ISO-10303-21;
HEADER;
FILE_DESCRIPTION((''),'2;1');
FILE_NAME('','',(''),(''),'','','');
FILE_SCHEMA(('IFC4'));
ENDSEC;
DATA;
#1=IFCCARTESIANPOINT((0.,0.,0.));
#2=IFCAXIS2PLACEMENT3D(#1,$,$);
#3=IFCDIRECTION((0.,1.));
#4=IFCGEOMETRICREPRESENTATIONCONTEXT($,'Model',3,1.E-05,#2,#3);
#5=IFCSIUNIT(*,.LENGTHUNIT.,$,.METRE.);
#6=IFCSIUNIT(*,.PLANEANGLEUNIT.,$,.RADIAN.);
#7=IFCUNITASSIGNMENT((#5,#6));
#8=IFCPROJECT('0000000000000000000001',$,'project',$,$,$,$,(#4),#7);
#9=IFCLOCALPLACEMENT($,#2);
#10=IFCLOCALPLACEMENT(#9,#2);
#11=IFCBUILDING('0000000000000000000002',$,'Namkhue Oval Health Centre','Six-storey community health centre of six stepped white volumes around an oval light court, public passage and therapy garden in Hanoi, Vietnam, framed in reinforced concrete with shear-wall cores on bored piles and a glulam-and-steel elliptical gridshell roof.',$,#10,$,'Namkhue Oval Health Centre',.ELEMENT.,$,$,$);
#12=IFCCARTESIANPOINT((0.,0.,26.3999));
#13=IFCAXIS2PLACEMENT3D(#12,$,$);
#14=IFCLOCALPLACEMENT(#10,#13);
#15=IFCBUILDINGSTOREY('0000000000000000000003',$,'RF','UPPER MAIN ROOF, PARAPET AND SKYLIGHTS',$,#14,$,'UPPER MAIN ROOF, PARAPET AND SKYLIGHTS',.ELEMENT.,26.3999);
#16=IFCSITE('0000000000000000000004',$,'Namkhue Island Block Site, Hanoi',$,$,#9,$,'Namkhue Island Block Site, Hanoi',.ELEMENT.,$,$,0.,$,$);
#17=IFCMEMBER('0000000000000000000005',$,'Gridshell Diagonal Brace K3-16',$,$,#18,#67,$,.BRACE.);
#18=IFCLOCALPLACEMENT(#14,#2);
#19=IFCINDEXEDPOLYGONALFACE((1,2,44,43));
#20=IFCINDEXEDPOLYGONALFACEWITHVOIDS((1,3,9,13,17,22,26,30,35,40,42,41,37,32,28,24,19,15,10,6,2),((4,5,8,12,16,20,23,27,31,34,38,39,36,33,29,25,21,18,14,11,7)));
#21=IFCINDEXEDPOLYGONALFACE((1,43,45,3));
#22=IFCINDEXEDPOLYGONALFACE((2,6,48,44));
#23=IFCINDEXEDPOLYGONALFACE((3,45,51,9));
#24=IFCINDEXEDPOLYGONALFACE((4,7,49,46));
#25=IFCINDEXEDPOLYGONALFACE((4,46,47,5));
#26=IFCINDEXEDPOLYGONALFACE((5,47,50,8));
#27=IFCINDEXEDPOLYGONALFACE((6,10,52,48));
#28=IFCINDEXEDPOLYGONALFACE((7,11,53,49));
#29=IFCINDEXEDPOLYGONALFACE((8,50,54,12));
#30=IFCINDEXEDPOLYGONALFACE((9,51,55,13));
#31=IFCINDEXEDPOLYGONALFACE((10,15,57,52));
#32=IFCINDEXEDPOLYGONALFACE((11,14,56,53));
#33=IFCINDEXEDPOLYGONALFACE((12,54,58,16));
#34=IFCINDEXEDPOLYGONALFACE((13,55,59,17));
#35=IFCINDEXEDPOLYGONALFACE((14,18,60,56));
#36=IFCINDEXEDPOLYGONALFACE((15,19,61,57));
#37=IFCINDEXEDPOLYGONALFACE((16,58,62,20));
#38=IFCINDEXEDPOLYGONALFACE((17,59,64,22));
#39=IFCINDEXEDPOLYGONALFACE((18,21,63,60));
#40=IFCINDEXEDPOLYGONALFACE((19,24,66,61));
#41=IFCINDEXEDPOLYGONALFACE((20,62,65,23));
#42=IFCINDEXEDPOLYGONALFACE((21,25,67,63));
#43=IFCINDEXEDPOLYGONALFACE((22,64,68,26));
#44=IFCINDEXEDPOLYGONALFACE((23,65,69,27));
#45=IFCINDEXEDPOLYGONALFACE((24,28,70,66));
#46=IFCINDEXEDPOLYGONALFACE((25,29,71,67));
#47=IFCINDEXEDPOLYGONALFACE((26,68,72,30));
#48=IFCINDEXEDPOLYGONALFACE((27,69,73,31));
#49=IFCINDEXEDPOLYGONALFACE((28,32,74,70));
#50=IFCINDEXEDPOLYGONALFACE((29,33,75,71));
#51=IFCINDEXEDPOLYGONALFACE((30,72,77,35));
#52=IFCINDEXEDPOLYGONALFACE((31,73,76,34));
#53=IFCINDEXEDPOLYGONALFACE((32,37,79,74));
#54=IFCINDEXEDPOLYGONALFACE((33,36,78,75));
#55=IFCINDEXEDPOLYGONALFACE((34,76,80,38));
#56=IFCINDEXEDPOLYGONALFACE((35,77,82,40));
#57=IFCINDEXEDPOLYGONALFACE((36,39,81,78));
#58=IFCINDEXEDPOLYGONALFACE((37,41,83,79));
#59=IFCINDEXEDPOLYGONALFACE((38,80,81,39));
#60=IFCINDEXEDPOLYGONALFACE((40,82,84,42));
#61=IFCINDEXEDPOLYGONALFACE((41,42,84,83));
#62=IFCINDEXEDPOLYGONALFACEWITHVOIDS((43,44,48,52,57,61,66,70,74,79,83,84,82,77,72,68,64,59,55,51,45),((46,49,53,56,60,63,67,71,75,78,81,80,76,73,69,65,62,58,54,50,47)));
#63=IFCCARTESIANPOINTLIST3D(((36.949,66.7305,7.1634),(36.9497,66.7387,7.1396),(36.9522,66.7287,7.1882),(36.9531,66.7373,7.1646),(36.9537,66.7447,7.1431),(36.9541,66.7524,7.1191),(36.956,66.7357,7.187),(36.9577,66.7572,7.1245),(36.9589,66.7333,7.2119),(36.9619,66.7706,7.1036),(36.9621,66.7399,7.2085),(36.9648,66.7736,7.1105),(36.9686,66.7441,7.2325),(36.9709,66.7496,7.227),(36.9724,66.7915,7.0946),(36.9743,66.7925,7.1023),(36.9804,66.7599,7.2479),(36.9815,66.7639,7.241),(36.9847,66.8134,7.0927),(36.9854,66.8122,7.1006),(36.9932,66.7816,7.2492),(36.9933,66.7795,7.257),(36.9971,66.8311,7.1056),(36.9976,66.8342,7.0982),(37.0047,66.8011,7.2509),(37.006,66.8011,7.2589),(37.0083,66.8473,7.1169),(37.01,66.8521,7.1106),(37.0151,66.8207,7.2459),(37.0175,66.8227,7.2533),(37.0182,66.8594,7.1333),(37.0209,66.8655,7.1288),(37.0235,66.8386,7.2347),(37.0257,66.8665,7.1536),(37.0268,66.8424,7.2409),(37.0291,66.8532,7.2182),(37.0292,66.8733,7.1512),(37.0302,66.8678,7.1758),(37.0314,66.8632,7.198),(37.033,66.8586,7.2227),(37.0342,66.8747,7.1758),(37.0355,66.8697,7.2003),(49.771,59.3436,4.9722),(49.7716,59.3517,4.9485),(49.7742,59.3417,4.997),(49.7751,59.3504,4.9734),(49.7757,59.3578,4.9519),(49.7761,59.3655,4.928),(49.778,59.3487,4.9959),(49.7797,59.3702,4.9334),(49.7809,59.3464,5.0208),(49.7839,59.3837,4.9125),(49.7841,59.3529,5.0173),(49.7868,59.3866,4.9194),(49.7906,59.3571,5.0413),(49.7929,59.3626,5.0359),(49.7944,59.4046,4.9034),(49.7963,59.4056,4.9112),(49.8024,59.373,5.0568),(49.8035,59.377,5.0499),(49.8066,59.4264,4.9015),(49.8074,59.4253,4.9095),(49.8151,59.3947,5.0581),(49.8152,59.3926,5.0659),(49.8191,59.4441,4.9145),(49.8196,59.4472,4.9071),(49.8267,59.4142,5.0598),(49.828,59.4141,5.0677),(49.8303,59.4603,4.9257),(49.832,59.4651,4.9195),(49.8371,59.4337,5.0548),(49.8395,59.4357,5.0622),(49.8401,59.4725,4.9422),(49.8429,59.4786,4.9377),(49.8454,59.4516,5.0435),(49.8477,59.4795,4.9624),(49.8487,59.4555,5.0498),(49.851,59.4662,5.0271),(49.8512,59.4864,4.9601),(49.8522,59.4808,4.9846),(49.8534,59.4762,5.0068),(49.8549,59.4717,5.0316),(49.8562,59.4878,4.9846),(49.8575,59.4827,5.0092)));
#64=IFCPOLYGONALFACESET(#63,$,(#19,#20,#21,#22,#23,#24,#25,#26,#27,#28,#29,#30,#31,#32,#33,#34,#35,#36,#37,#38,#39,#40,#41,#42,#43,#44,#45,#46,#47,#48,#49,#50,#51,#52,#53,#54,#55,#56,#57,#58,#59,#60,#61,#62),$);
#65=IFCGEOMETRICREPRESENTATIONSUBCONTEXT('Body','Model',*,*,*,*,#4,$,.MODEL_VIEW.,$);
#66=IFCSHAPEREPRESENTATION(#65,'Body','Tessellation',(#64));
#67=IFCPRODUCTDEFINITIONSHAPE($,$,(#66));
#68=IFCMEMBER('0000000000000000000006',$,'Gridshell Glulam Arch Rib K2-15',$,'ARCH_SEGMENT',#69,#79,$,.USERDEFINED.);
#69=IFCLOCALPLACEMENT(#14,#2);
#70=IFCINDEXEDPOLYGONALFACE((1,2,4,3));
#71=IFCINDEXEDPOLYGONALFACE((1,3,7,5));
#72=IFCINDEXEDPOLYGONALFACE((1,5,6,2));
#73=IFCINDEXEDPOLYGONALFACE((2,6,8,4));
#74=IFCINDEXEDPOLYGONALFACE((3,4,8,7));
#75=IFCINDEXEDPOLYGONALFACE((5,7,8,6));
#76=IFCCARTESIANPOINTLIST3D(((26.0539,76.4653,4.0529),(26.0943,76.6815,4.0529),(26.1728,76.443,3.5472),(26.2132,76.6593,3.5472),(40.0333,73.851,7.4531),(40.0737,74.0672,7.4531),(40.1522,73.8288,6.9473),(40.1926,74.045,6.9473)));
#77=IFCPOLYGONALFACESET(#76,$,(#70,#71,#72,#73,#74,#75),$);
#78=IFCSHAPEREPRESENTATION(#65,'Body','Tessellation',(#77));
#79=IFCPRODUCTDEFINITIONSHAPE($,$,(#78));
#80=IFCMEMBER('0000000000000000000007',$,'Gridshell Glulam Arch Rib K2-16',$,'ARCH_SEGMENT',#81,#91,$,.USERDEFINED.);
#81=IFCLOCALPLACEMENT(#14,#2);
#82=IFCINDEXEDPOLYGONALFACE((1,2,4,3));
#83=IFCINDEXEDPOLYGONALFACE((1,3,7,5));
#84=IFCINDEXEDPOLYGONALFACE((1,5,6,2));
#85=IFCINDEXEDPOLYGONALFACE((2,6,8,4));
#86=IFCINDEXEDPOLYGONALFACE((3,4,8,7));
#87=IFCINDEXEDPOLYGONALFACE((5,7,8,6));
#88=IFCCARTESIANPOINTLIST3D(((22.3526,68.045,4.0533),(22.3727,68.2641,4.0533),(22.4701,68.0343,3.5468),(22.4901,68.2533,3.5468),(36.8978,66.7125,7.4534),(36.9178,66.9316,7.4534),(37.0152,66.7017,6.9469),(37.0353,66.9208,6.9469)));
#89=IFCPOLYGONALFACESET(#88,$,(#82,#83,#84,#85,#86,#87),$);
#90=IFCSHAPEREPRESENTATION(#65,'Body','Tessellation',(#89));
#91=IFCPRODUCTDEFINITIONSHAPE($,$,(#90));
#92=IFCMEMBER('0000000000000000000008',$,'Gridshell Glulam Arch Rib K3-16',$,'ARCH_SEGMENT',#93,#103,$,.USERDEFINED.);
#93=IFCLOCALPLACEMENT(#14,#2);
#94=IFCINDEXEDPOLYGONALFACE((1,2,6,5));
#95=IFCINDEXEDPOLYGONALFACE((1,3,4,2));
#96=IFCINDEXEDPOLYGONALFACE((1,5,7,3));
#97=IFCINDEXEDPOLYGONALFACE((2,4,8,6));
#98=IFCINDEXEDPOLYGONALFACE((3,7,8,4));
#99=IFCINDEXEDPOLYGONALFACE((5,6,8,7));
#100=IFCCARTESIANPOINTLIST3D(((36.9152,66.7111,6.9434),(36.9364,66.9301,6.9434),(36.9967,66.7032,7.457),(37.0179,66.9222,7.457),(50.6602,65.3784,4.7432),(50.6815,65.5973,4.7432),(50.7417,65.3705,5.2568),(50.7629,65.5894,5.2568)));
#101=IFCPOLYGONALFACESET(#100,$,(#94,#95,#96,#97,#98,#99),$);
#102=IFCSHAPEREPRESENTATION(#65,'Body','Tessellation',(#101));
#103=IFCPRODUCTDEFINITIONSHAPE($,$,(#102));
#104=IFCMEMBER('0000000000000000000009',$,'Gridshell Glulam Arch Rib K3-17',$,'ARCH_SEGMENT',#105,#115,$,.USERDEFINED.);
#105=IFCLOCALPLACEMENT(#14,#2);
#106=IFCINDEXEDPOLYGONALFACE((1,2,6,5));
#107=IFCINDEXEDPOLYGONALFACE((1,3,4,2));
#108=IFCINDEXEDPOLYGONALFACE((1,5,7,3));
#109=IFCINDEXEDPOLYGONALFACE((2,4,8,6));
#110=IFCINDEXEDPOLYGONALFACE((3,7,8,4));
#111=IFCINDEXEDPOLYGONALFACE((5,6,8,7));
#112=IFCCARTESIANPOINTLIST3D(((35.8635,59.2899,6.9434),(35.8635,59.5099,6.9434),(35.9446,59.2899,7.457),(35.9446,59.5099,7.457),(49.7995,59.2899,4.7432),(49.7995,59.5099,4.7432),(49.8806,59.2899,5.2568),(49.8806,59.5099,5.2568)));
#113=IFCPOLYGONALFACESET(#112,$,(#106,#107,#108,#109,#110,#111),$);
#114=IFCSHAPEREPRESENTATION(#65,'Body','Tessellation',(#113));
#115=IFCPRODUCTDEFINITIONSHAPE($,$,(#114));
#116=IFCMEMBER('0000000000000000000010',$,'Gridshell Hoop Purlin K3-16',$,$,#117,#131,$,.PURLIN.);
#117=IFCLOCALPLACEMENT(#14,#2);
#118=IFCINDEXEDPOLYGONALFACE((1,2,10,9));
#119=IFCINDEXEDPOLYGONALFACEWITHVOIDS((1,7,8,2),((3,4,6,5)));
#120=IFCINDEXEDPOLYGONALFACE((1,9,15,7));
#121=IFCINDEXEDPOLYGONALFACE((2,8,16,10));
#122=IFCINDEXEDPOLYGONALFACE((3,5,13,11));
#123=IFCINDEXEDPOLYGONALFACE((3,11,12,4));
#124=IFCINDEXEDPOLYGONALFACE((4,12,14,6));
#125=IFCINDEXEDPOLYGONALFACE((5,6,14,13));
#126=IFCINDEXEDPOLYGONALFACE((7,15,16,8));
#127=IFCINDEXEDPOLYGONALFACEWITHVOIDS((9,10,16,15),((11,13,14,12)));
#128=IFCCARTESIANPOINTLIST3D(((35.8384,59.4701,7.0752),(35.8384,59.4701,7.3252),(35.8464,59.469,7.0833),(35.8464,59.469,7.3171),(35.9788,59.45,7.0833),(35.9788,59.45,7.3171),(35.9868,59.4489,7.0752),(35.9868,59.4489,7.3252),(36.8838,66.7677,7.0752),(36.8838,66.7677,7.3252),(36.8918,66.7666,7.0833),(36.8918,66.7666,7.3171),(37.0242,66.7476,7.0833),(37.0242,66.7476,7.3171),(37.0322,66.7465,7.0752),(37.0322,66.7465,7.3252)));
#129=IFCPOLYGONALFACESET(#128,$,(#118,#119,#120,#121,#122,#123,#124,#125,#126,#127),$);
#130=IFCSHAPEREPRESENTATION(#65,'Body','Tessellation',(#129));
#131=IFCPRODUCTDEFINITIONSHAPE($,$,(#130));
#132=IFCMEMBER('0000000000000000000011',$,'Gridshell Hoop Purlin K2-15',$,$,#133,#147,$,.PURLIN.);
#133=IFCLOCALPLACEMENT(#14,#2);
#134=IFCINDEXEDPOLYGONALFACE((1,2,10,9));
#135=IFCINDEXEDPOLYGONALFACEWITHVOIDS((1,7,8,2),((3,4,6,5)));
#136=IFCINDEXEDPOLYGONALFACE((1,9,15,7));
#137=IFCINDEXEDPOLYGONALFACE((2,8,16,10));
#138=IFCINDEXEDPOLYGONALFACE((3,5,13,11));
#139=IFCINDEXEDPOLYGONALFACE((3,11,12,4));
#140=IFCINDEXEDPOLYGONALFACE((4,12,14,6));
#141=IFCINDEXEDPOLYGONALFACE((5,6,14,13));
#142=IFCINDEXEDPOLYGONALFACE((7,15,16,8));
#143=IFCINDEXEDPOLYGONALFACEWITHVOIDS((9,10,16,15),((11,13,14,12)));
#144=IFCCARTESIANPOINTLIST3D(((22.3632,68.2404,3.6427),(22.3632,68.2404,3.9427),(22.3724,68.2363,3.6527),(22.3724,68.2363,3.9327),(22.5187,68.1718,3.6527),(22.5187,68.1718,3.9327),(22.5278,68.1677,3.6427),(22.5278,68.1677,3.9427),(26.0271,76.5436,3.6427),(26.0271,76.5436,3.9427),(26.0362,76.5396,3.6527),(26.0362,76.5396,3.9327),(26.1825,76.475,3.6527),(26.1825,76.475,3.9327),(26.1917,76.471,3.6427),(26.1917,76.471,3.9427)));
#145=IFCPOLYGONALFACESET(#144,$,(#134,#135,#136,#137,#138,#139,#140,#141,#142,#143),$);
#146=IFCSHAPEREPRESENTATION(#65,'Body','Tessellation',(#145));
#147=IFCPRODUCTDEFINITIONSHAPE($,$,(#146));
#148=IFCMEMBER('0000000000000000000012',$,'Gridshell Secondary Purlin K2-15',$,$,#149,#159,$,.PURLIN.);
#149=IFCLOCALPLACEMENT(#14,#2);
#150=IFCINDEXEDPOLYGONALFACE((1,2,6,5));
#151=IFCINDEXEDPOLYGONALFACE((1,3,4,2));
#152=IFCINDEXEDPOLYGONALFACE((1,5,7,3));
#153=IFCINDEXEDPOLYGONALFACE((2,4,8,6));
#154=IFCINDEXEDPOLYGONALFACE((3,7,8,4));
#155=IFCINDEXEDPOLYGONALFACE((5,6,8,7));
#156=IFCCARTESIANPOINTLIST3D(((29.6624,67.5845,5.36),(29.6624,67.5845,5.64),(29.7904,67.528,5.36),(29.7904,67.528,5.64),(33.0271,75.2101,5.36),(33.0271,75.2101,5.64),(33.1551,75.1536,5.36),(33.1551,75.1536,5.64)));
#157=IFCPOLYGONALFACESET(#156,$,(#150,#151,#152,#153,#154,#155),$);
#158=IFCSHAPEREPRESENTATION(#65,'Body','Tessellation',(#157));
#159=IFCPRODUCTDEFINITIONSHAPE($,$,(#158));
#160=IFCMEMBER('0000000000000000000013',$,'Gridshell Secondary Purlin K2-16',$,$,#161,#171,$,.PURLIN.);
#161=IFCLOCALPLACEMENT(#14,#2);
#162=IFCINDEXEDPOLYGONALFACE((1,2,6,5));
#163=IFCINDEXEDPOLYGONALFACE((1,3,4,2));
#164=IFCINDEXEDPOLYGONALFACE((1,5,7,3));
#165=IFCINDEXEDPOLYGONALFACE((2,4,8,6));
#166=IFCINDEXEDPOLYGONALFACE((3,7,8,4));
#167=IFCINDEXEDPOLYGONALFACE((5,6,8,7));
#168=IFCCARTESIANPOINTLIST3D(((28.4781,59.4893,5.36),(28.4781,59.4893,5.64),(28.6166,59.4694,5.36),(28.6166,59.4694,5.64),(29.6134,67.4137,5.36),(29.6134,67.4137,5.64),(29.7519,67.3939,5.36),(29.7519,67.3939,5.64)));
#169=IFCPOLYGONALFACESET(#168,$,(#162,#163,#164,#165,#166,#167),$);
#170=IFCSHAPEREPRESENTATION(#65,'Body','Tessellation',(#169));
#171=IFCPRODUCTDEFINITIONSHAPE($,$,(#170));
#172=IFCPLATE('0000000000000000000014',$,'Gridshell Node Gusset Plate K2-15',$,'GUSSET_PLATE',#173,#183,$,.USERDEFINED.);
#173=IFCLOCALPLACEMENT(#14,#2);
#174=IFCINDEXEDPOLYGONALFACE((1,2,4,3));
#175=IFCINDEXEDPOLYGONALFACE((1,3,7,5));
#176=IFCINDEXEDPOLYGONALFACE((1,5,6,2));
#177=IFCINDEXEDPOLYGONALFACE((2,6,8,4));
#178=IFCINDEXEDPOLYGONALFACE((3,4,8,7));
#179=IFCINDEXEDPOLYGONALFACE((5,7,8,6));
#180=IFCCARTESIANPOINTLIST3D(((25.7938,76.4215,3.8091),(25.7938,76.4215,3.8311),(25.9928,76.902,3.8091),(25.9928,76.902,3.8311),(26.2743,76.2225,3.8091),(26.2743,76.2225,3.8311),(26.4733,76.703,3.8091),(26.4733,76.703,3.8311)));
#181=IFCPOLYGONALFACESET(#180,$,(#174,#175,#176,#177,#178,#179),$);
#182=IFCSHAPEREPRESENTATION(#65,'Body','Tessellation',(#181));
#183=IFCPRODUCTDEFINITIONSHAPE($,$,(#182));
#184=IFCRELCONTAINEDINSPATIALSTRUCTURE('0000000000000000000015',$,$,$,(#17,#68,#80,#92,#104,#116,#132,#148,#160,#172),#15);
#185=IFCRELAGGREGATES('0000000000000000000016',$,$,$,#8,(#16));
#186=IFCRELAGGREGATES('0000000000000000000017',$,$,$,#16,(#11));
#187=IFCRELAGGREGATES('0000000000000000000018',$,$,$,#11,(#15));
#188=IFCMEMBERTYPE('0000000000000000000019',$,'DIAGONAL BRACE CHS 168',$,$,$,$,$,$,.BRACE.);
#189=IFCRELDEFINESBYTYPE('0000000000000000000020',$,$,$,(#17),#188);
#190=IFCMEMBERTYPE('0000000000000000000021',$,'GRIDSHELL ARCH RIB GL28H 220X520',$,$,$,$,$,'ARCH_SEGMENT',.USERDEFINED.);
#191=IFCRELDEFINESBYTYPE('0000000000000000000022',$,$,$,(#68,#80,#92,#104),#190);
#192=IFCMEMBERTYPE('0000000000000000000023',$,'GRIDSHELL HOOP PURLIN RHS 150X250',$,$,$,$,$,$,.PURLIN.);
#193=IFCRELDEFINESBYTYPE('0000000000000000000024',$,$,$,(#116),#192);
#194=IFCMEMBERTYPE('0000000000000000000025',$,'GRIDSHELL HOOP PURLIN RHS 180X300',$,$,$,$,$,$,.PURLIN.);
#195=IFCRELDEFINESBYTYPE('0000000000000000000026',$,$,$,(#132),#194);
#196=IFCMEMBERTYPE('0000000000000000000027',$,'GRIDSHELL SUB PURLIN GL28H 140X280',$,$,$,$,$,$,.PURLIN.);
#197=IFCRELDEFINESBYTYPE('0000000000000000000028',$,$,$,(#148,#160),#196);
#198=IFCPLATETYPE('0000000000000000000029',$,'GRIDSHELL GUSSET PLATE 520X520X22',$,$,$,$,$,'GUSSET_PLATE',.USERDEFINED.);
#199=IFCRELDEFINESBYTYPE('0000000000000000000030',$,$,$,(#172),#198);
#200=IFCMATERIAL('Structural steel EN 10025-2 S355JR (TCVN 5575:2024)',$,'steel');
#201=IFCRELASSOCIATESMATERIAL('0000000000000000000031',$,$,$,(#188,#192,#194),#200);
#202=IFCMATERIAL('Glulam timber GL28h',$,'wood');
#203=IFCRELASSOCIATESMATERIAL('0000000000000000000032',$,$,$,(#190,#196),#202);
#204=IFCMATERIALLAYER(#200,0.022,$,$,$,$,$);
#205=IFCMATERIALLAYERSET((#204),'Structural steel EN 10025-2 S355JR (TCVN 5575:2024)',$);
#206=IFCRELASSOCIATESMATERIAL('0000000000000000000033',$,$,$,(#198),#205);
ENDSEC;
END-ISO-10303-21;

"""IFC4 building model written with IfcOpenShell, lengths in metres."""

from ifc_helpers import new_model, si_unit, direction, frame, origin, origin_2d, place, context, subcontext, project, spatial, rectangle, hollow_rectangle, hollow_circle, extrude, material, layer, layer_set, material_profile, profile_set, type_object, element, save


model = new_model("IFC4")

# Units and contexts
model_context = context("Model", 3, precision=1e-05, world=origin(), true_north=direction((0.0, 1.0)))
body_context = subcontext(model_context, "Body", "Model", "MODEL_VIEW")
ifc_project = project(units=[si_unit("LENGTHUNIT", "METRE"), si_unit("PLANEANGLEUNIT", "RADIAN")], contexts=[model_context])

# Site, building, storey
site_placement = place(None, origin())
site = spatial("IfcSite", under=ifc_project, at=site_placement, Name="Namkhue Island Block Site, Hanoi", LongName="Namkhue Island Block Site, Hanoi", CompositionType="ELEMENT", RefElevation=0.0)
building_placement = place(site_placement, origin())
building = spatial("IfcBuilding", under=site, at=building_placement, Name="Namkhue Oval Health Centre", Description="Six-storey community health centre of six stepped white volumes around an oval light court, public passage and therapy garden in Hanoi, Vietnam, framed in reinforced concrete with shear-wall cores on bored piles and a glulam-and-steel elliptical gridshell roof.", LongName="Namkhue Oval Health Centre", CompositionType="ELEMENT")
storey_placement = place(building_placement, frame((0.0, 0.0, 26.3999)))
storey = spatial("IfcBuildingStorey", under=building, at=storey_placement, Name="RF", Description="UPPER MAIN ROOF, PARAPET AND SKYLIGHTS", LongName="UPPER MAIN ROOF, PARAPET AND SKYLIGHTS", CompositionType="ELEMENT", Elevation=26.3999)

# Members
ifc_material_1 = material(Name="Structural steel EN 10025-2 S355JR (TCVN 5575:2024)", Category="steel")
ifc_material_profile_1 = material_profile(ifc_material_1, hollow_circle(Radius=0.0842, WallThickness=0.0081, at=origin_2d()), Name="CHS 168.3x8")
ifc_profile_set_1 = profile_set([ifc_material_profile_1], Name="Structural steel EN 10025-2 S355JR (TCVN 5575:2024)")
member_type_1 = type_object("IfcMemberType", Name="DIAGONAL BRACE CHS 168", PredefinedType="BRACE", material=ifc_profile_set_1)
member_1_placement = place(storey_placement, frame((36.9922, 66.8018, 7.1758), z_axis=(0.857142, -0.493813, -0.146478), x_axis=(0.499197, 0.866488, 0.0)))
element("IfcMember", 1, at=member_1_placement, inside=storey, type_object=member_type_1, Name="Gridshell Diagonal Brace K3-16", PredefinedType="BRACE", context=body_context, shape_type="SweptSolid", body=[
    extrude(hollow_circle(Radius=0.0842, WallThickness=0.0081, at=origin_2d()), origin(), (0.0, 0.0, 1.0), 14.959),
])
ifc_material_2 = material(Name="Glulam timber GL28h", Category="wood")
ifc_material_profile_2 = material_profile(ifc_material_2, rectangle(XDim=0.22, YDim=0.52, at=origin_2d()), Name="GL28h 220x520")
ifc_profile_set_2 = profile_set([ifc_material_profile_2], Name="Glulam timber GL28h")
member_type_2 = type_object("IfcMemberType", Name="GRIDSHELL ARCH RIB GL28H 220X520", ElementType="ARCH_SEGMENT", PredefinedType="USERDEFINED", material=ifc_profile_set_2)
member_2_placement = place(storey_placement, frame((26.1335, 76.5623, 3.8), z_axis=(0.956017, -0.178782, 0.232526), x_axis=(0.18382, 0.98296, 0.0)))
element("IfcMember", 2, at=member_2_placement, inside=storey, type_object=member_type_2, Name="Gridshell Glulam Arch Rib K2-15", ObjectType="ARCH_SEGMENT", PredefinedType="USERDEFINED", context=body_context, shape_type="SweptSolid", body=[
    extrude(rectangle(XDim=0.22, YDim=0.52, at=origin_2d()), origin(), (0.0, 0.0, 1.0), 14.6226),
])
member_3_placement = place(storey_placement, frame((22.4214, 68.1492, 3.8), z_axis=(0.969897, -0.088855, 0.226728), x_axis=(0.09123, 0.99583, 0.0)))
element("IfcMember", 3, at=member_3_placement, inside=storey, type_object=member_type_2, Name="Gridshell Glulam Arch Rib K2-16", ObjectType="ARCH_SEGMENT", PredefinedType="USERDEFINED", context=body_context, shape_type="SweptSolid", body=[
    extrude(rectangle(XDim=0.22, YDim=0.52, at=origin_2d()), origin(), (0.0, 0.0, 1.0), 14.9966),
])
member_4_placement = place(storey_placement, frame((36.9666, 66.8167, 7.2002), z_axis=(0.982935, -0.095308, -0.157339), x_axis=(0.09651, 0.995332, 0.0)))
element("IfcMember", 4, at=member_4_placement, inside=storey, type_object=member_type_2, Name="Gridshell Glulam Arch Rib K3-16", ObjectType="ARCH_SEGMENT", PredefinedType="USERDEFINED", context=body_context, shape_type="SweptSolid", body=[
    extrude(rectangle(XDim=0.22, YDim=0.52, at=origin_2d()), origin(), (0.0, 0.0, 1.0), 13.9836),
])
member_5_placement = place(storey_placement, frame((35.9041, 59.3999, 7.2002), z_axis=(0.987765, 0.0, -0.155947), x_axis=(0.0, 1.0, 0.0)))
element("IfcMember", 5, at=member_5_placement, inside=storey, type_object=member_type_2, Name="Gridshell Glulam Arch Rib K3-17", ObjectType="ARCH_SEGMENT", PredefinedType="USERDEFINED", context=body_context, shape_type="SweptSolid", body=[
    extrude(rectangle(XDim=0.22, YDim=0.52, at=origin_2d()), origin(), (0.0, 0.0, 1.0), 14.1086),
])
ifc_material_profile_3 = material_profile(ifc_material_1, hollow_rectangle(XDim=0.1499, YDim=0.25, WallThickness=0.0081, at=origin_2d()), Name="RHS 150x250x8")
ifc_profile_set_3 = profile_set([ifc_material_profile_3], Name="Structural steel EN 10025-2 S355JR (TCVN 5575:2024)")
member_type_3 = type_object("IfcMemberType", Name="GRIDSHELL HOOP PURLIN RHS 150X250", PredefinedType="PURLIN", material=ifc_profile_set_3)
member_6_placement = place(storey_placement, frame((36.958, 66.7571, 7.2002), z_axis=(-0.141806, -0.989894, 0.0), x_axis=(0.989894, -0.141806, 0.0)))
element("IfcMember", 6, at=member_6_placement, inside=storey, type_object=member_type_3, Name="Gridshell Hoop Purlin K3-16", PredefinedType="PURLIN", context=body_context, shape_type="SweptSolid", body=[
    extrude(hollow_rectangle(XDim=0.1499, YDim=0.25, WallThickness=0.0081, at=origin_2d()), origin(), (0.0, 0.0, 1.0), 7.3721),
])
ifc_material_profile_4 = material_profile(ifc_material_1, hollow_rectangle(XDim=0.1799, YDim=0.3, WallThickness=0.01, at=origin_2d()), Name="RHS 180x300x10")
ifc_profile_set_4 = profile_set([ifc_material_profile_4], Name="Structural steel EN 10025-2 S355JR (TCVN 5575:2024)")
member_type_4 = type_object("IfcMemberType", Name="GRIDSHELL HOOP PURLIN RHS 180X300", PredefinedType="PURLIN", material=ifc_profile_set_4)
member_7_placement = place(storey_placement, frame((26.1094, 76.5073, 3.7927), z_axis=(-0.403698, -0.914892, 0.0), x_axis=(0.914892, -0.403698, 0.0)))
element("IfcMember", 7, at=member_7_placement, inside=storey, type_object=member_type_4, Name="Gridshell Hoop Purlin K2-15", PredefinedType="PURLIN", context=body_context, shape_type="SweptSolid", body=[
    extrude(hollow_rectangle(XDim=0.1799, YDim=0.3, WallThickness=0.01, at=origin_2d()), origin(), (0.0, 0.0, 1.0), 9.0757),
])
ifc_material_profile_5 = material_profile(ifc_material_2, rectangle(XDim=0.1399, YDim=0.28, at=origin_2d()), Name="GL28h 140x280")
ifc_profile_set_5 = profile_set([ifc_material_profile_5], Name="Glulam timber GL28h")
member_type_5 = type_object("IfcMemberType", Name="GRIDSHELL SUB PURLIN GL28H 140X280", PredefinedType="PURLIN", material=ifc_profile_set_5)
member_8_placement = place(storey_placement, frame((33.0911, 75.1819, 5.5), z_axis=(-0.403686, -0.914898, 0.0), x_axis=(0.914898, -0.403686, 0.0)))
element("IfcMember", 8, at=member_8_placement, inside=storey, type_object=member_type_5, Name="Gridshell Secondary Purlin K2-15", PredefinedType="PURLIN", context=body_context, shape_type="SweptSolid", body=[
    extrude(rectangle(XDim=0.1399, YDim=0.28, at=origin_2d()), origin(), (0.0, 0.0, 1.0), 8.335),
])
member_9_placement = place(storey_placement, frame((29.6826, 67.4038, 5.5), z_axis=(-0.14181, -0.989894, 0.0), x_axis=(0.989894, -0.14181, 0.0)))
element("IfcMember", 9, at=member_9_placement, inside=storey, type_object=member_type_5, Name="Gridshell Secondary Purlin K2-16", PredefinedType="PURLIN", context=body_context, shape_type="SweptSolid", body=[
    extrude(rectangle(XDim=0.1399, YDim=0.28, at=origin_2d()), origin(), (0.0, 0.0, 1.0), 8.0054),
])

# Plate
ifc_layer_1 = layer(ifc_material_1, 0.022)
ifc_layer_set_1 = layer_set([ifc_layer_1], Name="Structural steel EN 10025-2 S355JR (TCVN 5575:2024)")
plate_type_1 = type_object("IfcPlateType", Name="GRIDSHELL GUSSET PLATE 520X520X22", ElementType="GUSSET_PLATE", PredefinedType="USERDEFINED", material=ifc_layer_set_1)
plate_placement = place(storey_placement, frame((26.1335, 76.5623, 3.8091), z_axis=(0.0, 0.0, 1.0), x_axis=(-0.92388, 0.382683, 0.0)))
element("IfcPlate", 10, at=plate_placement, inside=storey, type_object=plate_type_1, Name="Gridshell Node Gusset Plate K2-15", ObjectType="GUSSET_PLATE", PredefinedType="USERDEFINED", context=body_context, shape_type="SweptSolid", body=[
    extrude(rectangle(XDim=0.52, YDim=0.52, at=origin_2d()), origin(), (0.0, 0.0, 1.0), 0.022),
])

save(model, "model.ifc")
